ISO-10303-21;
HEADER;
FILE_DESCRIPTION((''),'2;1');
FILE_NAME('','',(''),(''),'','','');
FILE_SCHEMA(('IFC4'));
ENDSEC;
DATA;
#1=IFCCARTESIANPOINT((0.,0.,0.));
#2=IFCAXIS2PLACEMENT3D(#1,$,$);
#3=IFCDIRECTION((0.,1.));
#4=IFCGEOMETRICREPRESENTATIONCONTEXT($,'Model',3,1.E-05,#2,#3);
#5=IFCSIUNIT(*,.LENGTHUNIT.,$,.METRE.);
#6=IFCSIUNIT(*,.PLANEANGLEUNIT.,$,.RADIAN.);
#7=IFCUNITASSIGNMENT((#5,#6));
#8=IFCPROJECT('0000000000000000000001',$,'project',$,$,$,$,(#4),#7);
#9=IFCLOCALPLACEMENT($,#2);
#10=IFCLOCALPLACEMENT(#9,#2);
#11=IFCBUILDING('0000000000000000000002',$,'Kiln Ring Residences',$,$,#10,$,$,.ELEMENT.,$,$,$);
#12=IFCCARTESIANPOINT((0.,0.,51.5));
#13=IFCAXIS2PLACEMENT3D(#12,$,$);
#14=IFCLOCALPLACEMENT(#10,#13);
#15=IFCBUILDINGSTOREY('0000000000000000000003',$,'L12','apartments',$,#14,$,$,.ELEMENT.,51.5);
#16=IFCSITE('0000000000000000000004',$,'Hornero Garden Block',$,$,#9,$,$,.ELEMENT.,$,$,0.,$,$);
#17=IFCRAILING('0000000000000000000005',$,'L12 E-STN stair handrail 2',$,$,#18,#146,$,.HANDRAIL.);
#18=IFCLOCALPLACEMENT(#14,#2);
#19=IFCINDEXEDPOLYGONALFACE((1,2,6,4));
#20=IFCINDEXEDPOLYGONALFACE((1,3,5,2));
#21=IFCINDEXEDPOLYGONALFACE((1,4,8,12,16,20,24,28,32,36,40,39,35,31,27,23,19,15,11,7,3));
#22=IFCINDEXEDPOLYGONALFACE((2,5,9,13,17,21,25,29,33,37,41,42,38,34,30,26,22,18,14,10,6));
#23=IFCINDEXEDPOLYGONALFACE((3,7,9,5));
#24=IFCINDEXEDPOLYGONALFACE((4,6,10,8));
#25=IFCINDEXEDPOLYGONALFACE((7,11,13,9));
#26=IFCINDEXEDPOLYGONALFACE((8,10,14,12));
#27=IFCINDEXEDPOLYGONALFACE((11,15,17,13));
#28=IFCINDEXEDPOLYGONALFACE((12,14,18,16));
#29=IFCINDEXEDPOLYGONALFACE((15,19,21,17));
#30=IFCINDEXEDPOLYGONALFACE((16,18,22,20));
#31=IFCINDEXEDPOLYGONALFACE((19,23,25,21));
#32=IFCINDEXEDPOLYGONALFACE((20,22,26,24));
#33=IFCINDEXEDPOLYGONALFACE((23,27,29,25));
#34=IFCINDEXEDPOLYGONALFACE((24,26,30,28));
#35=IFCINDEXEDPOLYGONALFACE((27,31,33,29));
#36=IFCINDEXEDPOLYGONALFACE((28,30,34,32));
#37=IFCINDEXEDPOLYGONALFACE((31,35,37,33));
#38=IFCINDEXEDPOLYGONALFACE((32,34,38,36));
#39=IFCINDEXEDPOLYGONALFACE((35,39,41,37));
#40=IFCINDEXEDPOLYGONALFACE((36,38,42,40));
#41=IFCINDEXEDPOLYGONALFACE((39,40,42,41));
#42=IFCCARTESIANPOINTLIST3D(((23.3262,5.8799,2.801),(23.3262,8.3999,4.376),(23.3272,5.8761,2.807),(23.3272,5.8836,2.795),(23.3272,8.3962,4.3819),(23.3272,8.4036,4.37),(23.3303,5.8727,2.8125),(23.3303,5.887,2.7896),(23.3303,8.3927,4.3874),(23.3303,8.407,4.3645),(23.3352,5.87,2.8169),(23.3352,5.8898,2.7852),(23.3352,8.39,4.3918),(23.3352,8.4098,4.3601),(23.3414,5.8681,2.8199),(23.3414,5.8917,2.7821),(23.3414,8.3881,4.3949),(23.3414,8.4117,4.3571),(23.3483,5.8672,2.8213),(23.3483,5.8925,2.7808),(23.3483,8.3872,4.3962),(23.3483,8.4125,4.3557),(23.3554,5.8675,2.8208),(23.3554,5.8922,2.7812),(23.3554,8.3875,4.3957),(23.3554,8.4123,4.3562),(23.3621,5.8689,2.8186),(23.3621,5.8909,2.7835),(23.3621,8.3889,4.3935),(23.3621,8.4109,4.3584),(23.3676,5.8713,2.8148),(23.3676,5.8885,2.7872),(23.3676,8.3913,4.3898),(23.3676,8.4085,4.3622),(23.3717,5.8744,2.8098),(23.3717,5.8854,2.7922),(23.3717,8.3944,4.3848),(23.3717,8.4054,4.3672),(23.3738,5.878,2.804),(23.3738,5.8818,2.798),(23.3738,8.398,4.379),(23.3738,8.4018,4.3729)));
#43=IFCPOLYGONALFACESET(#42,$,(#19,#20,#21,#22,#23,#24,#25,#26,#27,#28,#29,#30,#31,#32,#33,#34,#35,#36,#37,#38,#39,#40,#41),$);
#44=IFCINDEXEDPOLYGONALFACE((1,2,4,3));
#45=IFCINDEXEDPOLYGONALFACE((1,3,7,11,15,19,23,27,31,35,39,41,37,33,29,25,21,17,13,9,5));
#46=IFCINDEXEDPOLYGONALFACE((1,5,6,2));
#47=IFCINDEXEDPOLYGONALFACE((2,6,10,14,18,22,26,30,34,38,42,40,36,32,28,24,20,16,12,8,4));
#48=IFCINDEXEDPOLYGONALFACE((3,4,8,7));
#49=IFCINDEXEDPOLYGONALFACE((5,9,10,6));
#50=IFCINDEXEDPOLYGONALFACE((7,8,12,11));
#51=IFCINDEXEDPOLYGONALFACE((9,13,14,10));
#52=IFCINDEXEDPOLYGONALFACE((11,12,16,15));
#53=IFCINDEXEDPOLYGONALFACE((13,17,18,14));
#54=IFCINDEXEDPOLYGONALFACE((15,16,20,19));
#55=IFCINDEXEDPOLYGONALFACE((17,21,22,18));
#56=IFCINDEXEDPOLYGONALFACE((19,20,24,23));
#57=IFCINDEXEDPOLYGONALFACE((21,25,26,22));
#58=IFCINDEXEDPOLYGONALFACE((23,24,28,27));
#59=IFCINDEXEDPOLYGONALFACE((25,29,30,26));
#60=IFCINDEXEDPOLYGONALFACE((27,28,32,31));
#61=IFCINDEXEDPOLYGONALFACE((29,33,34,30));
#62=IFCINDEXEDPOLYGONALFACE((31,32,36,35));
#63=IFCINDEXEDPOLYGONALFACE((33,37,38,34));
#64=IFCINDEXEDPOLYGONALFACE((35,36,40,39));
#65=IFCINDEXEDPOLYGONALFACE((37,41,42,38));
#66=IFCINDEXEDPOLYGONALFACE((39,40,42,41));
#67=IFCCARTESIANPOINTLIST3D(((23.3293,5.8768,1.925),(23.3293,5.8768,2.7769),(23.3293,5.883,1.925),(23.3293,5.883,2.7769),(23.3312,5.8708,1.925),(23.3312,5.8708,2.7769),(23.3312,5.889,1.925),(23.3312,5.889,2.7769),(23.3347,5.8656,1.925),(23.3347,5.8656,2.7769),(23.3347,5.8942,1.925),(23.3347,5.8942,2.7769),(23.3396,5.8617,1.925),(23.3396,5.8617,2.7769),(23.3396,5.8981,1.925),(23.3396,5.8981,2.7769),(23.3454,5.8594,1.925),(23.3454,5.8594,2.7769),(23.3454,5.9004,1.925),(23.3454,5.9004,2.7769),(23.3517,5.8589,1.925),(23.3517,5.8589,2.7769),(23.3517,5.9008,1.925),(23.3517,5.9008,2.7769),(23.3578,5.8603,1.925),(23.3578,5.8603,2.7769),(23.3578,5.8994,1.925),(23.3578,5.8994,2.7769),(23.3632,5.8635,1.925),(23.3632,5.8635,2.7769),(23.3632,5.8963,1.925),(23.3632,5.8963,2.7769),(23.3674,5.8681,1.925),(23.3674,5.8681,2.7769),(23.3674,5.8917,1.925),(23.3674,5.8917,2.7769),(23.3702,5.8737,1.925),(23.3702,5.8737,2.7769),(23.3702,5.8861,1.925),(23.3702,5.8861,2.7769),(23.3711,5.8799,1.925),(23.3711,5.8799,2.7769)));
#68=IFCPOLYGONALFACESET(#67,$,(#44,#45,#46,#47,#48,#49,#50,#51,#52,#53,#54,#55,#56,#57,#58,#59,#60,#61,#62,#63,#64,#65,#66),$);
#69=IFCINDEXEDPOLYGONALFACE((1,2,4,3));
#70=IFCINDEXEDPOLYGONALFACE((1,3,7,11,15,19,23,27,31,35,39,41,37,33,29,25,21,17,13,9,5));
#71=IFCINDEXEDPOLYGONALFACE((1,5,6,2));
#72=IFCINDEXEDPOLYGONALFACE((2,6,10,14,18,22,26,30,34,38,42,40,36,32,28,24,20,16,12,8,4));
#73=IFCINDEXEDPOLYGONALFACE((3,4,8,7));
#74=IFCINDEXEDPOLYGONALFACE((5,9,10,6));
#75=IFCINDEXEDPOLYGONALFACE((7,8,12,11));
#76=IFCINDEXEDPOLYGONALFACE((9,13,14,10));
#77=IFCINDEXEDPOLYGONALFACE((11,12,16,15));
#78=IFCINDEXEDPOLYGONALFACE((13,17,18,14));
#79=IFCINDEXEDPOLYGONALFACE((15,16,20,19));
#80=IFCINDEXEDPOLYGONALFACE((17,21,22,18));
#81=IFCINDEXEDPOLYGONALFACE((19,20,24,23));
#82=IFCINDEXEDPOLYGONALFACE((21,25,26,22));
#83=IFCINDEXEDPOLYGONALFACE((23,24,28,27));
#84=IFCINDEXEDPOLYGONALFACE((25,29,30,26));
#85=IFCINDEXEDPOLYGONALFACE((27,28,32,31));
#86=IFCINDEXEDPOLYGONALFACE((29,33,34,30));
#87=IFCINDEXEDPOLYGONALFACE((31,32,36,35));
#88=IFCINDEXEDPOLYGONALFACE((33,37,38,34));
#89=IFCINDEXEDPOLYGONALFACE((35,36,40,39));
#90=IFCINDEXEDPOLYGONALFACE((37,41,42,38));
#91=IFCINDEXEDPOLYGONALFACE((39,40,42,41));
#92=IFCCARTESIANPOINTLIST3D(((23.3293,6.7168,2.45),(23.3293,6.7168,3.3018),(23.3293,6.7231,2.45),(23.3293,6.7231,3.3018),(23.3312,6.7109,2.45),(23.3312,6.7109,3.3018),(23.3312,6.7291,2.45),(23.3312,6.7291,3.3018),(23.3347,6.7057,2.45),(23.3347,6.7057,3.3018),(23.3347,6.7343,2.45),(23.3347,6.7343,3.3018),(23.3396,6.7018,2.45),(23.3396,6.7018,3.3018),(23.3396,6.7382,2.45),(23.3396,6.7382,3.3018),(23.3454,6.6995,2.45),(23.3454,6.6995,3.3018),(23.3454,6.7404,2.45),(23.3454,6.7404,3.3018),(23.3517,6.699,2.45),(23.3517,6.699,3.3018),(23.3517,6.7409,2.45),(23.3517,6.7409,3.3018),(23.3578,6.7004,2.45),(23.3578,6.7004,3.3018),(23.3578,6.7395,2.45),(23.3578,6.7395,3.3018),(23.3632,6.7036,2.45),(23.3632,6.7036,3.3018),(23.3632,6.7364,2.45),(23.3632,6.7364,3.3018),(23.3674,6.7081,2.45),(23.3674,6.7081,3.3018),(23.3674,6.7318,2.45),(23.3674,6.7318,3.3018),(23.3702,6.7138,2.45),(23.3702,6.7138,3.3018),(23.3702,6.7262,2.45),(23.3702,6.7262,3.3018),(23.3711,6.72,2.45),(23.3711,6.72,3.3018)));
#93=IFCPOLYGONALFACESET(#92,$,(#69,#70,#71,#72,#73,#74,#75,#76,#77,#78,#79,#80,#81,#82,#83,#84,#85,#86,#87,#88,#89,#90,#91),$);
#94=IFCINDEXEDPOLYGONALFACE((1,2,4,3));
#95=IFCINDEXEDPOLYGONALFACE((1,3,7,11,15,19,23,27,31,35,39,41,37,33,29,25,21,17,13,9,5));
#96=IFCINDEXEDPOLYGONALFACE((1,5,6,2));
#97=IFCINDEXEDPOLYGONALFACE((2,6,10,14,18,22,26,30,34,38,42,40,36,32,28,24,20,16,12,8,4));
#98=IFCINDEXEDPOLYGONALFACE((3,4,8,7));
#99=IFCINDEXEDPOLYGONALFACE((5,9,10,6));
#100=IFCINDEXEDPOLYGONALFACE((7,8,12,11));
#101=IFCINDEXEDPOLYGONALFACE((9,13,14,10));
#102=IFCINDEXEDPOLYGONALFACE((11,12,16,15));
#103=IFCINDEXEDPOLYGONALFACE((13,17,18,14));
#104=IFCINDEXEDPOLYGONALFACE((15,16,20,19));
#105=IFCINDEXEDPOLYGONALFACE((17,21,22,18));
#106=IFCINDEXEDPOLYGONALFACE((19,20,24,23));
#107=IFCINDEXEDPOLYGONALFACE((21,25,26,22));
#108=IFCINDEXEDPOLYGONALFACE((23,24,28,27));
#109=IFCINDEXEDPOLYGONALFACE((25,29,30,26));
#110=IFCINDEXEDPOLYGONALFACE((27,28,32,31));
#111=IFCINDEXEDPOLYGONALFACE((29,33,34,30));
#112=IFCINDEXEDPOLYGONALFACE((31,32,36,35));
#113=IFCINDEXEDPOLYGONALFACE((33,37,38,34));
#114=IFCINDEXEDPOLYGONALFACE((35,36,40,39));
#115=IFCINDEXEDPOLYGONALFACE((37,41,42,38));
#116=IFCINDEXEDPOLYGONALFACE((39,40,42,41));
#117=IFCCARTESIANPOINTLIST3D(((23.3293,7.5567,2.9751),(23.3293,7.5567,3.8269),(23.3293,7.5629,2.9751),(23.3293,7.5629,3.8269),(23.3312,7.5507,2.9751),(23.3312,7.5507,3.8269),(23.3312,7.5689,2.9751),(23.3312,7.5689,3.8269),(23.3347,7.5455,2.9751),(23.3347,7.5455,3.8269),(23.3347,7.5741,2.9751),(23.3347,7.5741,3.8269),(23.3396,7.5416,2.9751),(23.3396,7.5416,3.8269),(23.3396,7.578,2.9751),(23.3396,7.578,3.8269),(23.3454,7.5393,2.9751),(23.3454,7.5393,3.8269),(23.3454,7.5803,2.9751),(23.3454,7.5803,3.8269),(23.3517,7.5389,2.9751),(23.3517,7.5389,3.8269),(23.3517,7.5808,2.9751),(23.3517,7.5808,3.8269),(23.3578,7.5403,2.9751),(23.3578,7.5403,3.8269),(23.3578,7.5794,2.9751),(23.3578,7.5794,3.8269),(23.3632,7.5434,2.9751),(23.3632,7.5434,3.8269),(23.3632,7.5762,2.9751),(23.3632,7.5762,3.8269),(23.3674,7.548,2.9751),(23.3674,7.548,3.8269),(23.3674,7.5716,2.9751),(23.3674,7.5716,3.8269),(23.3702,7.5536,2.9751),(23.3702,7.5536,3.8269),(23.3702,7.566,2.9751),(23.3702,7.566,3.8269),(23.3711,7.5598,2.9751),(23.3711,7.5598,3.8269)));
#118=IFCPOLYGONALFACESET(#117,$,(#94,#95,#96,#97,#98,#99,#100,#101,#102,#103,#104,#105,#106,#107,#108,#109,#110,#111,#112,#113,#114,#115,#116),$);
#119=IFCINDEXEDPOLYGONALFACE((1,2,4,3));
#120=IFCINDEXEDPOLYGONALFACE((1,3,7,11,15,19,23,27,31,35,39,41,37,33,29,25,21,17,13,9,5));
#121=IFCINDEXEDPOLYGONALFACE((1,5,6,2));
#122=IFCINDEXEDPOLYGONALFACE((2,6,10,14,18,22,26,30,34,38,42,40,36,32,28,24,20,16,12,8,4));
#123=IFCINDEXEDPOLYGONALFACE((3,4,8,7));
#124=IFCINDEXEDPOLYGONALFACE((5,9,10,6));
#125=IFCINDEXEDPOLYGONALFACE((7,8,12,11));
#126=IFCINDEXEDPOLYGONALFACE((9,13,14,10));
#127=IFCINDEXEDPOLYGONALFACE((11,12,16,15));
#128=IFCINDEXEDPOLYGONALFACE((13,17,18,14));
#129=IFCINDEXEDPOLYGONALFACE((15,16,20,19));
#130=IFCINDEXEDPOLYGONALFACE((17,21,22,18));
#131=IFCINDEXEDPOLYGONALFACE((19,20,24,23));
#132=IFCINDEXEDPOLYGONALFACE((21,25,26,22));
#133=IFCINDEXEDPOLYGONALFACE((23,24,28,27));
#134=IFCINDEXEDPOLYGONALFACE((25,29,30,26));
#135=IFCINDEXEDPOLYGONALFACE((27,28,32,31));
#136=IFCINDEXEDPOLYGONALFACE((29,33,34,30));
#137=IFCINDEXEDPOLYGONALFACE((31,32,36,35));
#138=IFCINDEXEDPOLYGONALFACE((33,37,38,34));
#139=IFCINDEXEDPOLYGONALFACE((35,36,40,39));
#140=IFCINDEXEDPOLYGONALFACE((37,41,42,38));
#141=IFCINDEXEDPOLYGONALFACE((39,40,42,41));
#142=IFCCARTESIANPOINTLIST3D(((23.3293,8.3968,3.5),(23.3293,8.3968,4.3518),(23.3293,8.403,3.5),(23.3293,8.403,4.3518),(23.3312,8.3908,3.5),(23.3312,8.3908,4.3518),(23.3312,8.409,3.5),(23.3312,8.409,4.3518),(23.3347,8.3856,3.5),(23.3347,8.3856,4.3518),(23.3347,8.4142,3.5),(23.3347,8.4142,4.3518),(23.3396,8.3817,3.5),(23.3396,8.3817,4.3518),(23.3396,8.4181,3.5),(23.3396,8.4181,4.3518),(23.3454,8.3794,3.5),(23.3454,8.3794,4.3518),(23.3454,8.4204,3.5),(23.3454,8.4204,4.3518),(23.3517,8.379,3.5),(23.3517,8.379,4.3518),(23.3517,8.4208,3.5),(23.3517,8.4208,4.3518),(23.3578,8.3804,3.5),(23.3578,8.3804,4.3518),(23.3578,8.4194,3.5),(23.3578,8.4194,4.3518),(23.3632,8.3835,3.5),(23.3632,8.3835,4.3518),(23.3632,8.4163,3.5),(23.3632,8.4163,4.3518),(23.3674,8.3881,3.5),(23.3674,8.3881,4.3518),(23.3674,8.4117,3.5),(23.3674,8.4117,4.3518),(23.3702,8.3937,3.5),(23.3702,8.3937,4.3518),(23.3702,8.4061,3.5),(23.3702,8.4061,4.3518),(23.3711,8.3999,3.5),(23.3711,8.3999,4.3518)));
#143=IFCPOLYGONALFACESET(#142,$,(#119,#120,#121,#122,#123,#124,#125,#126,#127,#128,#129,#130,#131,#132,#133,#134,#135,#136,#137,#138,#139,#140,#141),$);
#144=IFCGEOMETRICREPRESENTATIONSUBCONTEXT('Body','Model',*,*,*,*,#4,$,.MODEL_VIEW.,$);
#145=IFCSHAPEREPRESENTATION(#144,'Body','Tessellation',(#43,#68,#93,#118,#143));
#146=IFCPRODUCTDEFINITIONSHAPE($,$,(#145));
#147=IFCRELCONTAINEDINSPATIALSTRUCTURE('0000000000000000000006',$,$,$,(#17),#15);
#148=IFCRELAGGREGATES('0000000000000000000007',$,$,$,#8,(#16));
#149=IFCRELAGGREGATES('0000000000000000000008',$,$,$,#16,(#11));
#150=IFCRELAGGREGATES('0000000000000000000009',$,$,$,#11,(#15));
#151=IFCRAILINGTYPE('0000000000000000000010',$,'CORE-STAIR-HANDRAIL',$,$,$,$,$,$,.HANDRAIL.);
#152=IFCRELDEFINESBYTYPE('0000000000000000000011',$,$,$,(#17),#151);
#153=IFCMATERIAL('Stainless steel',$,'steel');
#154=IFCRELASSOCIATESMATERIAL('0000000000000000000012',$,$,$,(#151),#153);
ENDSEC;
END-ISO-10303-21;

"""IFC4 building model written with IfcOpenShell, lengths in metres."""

from ifc_helpers import new_model, si_unit, direction, frame, origin, origin_2d, place, context, subcontext, project, spatial, circle, extrude, material, type_object, element, save


model = new_model("IFC4")

# Units and contexts
model_context = context("Model", 3, precision=1e-05, world=origin(), true_north=direction((0.0, 1.0)))
body_context = subcontext(model_context, "Body", "Model", "MODEL_VIEW")
ifc_project = project(units=[si_unit("LENGTHUNIT", "METRE"), si_unit("PLANEANGLEUNIT", "RADIAN")], contexts=[model_context])

# Site, building, storey
site_placement = place(None, origin())
site = spatial("IfcSite", under=ifc_project, at=site_placement, Name="Hornero Garden Block", CompositionType="ELEMENT", RefElevation=0.0)
building_placement = place(site_placement, origin())
building = spatial("IfcBuilding", under=site, at=building_placement, Name="Kiln Ring Residences", CompositionType="ELEMENT")
storey_placement = place(building_placement, frame((0.0, 0.0, 51.5)))
storey = spatial("IfcBuildingStorey", under=building, at=storey_placement, Name="L12", Description="apartments", CompositionType="ELEMENT", Elevation=51.5)

# Railing
ifc_material_1 = material(Name="Stainless steel", Category="steel")
railing_type_1 = type_object("IfcRailingType", Name="CORE-STAIR-HANDRAIL", PredefinedType="HANDRAIL", material=ifc_material_1)
railing_1_placement = place(storey_placement, frame((23.3501, 5.8799, 1.925)))
element("IfcRailing", 1, at=railing_1_placement, inside=storey, type_object=railing_type_1, Name="L12 E-STN stair handrail 2", PredefinedType="HANDRAIL", context=body_context, shape_type="SweptSolid", body=[
    extrude(circle(Radius=0.0239, at=origin_2d()), frame((0.0, 0.0, 0.876), z_axis=(0.0, 0.848008, 0.529984), x_axis=(-1.0, 0.0, 0.0)), (0.0, 0.0, 1.0), 2.9717),
    extrude(circle(Radius=0.021, at=origin_2d()), origin(), (0.0, 0.0, 1.0), 0.8518),
    extrude(circle(Radius=0.021, at=origin_2d()), frame((0.0, 0.8401, 0.5249)), (0.0, 0.0, 1.0), 0.8518),
    extrude(circle(Radius=0.021, at=origin_2d()), frame((0.0, 1.6799, 1.05)), (0.0, 0.0, 1.0), 0.8518),
    extrude(circle(Radius=0.021, at=origin_2d()), frame((0.0, 2.52, 1.575)), (0.0, 0.0, 1.0), 0.8518),
])

save(model, "model.ifc")
